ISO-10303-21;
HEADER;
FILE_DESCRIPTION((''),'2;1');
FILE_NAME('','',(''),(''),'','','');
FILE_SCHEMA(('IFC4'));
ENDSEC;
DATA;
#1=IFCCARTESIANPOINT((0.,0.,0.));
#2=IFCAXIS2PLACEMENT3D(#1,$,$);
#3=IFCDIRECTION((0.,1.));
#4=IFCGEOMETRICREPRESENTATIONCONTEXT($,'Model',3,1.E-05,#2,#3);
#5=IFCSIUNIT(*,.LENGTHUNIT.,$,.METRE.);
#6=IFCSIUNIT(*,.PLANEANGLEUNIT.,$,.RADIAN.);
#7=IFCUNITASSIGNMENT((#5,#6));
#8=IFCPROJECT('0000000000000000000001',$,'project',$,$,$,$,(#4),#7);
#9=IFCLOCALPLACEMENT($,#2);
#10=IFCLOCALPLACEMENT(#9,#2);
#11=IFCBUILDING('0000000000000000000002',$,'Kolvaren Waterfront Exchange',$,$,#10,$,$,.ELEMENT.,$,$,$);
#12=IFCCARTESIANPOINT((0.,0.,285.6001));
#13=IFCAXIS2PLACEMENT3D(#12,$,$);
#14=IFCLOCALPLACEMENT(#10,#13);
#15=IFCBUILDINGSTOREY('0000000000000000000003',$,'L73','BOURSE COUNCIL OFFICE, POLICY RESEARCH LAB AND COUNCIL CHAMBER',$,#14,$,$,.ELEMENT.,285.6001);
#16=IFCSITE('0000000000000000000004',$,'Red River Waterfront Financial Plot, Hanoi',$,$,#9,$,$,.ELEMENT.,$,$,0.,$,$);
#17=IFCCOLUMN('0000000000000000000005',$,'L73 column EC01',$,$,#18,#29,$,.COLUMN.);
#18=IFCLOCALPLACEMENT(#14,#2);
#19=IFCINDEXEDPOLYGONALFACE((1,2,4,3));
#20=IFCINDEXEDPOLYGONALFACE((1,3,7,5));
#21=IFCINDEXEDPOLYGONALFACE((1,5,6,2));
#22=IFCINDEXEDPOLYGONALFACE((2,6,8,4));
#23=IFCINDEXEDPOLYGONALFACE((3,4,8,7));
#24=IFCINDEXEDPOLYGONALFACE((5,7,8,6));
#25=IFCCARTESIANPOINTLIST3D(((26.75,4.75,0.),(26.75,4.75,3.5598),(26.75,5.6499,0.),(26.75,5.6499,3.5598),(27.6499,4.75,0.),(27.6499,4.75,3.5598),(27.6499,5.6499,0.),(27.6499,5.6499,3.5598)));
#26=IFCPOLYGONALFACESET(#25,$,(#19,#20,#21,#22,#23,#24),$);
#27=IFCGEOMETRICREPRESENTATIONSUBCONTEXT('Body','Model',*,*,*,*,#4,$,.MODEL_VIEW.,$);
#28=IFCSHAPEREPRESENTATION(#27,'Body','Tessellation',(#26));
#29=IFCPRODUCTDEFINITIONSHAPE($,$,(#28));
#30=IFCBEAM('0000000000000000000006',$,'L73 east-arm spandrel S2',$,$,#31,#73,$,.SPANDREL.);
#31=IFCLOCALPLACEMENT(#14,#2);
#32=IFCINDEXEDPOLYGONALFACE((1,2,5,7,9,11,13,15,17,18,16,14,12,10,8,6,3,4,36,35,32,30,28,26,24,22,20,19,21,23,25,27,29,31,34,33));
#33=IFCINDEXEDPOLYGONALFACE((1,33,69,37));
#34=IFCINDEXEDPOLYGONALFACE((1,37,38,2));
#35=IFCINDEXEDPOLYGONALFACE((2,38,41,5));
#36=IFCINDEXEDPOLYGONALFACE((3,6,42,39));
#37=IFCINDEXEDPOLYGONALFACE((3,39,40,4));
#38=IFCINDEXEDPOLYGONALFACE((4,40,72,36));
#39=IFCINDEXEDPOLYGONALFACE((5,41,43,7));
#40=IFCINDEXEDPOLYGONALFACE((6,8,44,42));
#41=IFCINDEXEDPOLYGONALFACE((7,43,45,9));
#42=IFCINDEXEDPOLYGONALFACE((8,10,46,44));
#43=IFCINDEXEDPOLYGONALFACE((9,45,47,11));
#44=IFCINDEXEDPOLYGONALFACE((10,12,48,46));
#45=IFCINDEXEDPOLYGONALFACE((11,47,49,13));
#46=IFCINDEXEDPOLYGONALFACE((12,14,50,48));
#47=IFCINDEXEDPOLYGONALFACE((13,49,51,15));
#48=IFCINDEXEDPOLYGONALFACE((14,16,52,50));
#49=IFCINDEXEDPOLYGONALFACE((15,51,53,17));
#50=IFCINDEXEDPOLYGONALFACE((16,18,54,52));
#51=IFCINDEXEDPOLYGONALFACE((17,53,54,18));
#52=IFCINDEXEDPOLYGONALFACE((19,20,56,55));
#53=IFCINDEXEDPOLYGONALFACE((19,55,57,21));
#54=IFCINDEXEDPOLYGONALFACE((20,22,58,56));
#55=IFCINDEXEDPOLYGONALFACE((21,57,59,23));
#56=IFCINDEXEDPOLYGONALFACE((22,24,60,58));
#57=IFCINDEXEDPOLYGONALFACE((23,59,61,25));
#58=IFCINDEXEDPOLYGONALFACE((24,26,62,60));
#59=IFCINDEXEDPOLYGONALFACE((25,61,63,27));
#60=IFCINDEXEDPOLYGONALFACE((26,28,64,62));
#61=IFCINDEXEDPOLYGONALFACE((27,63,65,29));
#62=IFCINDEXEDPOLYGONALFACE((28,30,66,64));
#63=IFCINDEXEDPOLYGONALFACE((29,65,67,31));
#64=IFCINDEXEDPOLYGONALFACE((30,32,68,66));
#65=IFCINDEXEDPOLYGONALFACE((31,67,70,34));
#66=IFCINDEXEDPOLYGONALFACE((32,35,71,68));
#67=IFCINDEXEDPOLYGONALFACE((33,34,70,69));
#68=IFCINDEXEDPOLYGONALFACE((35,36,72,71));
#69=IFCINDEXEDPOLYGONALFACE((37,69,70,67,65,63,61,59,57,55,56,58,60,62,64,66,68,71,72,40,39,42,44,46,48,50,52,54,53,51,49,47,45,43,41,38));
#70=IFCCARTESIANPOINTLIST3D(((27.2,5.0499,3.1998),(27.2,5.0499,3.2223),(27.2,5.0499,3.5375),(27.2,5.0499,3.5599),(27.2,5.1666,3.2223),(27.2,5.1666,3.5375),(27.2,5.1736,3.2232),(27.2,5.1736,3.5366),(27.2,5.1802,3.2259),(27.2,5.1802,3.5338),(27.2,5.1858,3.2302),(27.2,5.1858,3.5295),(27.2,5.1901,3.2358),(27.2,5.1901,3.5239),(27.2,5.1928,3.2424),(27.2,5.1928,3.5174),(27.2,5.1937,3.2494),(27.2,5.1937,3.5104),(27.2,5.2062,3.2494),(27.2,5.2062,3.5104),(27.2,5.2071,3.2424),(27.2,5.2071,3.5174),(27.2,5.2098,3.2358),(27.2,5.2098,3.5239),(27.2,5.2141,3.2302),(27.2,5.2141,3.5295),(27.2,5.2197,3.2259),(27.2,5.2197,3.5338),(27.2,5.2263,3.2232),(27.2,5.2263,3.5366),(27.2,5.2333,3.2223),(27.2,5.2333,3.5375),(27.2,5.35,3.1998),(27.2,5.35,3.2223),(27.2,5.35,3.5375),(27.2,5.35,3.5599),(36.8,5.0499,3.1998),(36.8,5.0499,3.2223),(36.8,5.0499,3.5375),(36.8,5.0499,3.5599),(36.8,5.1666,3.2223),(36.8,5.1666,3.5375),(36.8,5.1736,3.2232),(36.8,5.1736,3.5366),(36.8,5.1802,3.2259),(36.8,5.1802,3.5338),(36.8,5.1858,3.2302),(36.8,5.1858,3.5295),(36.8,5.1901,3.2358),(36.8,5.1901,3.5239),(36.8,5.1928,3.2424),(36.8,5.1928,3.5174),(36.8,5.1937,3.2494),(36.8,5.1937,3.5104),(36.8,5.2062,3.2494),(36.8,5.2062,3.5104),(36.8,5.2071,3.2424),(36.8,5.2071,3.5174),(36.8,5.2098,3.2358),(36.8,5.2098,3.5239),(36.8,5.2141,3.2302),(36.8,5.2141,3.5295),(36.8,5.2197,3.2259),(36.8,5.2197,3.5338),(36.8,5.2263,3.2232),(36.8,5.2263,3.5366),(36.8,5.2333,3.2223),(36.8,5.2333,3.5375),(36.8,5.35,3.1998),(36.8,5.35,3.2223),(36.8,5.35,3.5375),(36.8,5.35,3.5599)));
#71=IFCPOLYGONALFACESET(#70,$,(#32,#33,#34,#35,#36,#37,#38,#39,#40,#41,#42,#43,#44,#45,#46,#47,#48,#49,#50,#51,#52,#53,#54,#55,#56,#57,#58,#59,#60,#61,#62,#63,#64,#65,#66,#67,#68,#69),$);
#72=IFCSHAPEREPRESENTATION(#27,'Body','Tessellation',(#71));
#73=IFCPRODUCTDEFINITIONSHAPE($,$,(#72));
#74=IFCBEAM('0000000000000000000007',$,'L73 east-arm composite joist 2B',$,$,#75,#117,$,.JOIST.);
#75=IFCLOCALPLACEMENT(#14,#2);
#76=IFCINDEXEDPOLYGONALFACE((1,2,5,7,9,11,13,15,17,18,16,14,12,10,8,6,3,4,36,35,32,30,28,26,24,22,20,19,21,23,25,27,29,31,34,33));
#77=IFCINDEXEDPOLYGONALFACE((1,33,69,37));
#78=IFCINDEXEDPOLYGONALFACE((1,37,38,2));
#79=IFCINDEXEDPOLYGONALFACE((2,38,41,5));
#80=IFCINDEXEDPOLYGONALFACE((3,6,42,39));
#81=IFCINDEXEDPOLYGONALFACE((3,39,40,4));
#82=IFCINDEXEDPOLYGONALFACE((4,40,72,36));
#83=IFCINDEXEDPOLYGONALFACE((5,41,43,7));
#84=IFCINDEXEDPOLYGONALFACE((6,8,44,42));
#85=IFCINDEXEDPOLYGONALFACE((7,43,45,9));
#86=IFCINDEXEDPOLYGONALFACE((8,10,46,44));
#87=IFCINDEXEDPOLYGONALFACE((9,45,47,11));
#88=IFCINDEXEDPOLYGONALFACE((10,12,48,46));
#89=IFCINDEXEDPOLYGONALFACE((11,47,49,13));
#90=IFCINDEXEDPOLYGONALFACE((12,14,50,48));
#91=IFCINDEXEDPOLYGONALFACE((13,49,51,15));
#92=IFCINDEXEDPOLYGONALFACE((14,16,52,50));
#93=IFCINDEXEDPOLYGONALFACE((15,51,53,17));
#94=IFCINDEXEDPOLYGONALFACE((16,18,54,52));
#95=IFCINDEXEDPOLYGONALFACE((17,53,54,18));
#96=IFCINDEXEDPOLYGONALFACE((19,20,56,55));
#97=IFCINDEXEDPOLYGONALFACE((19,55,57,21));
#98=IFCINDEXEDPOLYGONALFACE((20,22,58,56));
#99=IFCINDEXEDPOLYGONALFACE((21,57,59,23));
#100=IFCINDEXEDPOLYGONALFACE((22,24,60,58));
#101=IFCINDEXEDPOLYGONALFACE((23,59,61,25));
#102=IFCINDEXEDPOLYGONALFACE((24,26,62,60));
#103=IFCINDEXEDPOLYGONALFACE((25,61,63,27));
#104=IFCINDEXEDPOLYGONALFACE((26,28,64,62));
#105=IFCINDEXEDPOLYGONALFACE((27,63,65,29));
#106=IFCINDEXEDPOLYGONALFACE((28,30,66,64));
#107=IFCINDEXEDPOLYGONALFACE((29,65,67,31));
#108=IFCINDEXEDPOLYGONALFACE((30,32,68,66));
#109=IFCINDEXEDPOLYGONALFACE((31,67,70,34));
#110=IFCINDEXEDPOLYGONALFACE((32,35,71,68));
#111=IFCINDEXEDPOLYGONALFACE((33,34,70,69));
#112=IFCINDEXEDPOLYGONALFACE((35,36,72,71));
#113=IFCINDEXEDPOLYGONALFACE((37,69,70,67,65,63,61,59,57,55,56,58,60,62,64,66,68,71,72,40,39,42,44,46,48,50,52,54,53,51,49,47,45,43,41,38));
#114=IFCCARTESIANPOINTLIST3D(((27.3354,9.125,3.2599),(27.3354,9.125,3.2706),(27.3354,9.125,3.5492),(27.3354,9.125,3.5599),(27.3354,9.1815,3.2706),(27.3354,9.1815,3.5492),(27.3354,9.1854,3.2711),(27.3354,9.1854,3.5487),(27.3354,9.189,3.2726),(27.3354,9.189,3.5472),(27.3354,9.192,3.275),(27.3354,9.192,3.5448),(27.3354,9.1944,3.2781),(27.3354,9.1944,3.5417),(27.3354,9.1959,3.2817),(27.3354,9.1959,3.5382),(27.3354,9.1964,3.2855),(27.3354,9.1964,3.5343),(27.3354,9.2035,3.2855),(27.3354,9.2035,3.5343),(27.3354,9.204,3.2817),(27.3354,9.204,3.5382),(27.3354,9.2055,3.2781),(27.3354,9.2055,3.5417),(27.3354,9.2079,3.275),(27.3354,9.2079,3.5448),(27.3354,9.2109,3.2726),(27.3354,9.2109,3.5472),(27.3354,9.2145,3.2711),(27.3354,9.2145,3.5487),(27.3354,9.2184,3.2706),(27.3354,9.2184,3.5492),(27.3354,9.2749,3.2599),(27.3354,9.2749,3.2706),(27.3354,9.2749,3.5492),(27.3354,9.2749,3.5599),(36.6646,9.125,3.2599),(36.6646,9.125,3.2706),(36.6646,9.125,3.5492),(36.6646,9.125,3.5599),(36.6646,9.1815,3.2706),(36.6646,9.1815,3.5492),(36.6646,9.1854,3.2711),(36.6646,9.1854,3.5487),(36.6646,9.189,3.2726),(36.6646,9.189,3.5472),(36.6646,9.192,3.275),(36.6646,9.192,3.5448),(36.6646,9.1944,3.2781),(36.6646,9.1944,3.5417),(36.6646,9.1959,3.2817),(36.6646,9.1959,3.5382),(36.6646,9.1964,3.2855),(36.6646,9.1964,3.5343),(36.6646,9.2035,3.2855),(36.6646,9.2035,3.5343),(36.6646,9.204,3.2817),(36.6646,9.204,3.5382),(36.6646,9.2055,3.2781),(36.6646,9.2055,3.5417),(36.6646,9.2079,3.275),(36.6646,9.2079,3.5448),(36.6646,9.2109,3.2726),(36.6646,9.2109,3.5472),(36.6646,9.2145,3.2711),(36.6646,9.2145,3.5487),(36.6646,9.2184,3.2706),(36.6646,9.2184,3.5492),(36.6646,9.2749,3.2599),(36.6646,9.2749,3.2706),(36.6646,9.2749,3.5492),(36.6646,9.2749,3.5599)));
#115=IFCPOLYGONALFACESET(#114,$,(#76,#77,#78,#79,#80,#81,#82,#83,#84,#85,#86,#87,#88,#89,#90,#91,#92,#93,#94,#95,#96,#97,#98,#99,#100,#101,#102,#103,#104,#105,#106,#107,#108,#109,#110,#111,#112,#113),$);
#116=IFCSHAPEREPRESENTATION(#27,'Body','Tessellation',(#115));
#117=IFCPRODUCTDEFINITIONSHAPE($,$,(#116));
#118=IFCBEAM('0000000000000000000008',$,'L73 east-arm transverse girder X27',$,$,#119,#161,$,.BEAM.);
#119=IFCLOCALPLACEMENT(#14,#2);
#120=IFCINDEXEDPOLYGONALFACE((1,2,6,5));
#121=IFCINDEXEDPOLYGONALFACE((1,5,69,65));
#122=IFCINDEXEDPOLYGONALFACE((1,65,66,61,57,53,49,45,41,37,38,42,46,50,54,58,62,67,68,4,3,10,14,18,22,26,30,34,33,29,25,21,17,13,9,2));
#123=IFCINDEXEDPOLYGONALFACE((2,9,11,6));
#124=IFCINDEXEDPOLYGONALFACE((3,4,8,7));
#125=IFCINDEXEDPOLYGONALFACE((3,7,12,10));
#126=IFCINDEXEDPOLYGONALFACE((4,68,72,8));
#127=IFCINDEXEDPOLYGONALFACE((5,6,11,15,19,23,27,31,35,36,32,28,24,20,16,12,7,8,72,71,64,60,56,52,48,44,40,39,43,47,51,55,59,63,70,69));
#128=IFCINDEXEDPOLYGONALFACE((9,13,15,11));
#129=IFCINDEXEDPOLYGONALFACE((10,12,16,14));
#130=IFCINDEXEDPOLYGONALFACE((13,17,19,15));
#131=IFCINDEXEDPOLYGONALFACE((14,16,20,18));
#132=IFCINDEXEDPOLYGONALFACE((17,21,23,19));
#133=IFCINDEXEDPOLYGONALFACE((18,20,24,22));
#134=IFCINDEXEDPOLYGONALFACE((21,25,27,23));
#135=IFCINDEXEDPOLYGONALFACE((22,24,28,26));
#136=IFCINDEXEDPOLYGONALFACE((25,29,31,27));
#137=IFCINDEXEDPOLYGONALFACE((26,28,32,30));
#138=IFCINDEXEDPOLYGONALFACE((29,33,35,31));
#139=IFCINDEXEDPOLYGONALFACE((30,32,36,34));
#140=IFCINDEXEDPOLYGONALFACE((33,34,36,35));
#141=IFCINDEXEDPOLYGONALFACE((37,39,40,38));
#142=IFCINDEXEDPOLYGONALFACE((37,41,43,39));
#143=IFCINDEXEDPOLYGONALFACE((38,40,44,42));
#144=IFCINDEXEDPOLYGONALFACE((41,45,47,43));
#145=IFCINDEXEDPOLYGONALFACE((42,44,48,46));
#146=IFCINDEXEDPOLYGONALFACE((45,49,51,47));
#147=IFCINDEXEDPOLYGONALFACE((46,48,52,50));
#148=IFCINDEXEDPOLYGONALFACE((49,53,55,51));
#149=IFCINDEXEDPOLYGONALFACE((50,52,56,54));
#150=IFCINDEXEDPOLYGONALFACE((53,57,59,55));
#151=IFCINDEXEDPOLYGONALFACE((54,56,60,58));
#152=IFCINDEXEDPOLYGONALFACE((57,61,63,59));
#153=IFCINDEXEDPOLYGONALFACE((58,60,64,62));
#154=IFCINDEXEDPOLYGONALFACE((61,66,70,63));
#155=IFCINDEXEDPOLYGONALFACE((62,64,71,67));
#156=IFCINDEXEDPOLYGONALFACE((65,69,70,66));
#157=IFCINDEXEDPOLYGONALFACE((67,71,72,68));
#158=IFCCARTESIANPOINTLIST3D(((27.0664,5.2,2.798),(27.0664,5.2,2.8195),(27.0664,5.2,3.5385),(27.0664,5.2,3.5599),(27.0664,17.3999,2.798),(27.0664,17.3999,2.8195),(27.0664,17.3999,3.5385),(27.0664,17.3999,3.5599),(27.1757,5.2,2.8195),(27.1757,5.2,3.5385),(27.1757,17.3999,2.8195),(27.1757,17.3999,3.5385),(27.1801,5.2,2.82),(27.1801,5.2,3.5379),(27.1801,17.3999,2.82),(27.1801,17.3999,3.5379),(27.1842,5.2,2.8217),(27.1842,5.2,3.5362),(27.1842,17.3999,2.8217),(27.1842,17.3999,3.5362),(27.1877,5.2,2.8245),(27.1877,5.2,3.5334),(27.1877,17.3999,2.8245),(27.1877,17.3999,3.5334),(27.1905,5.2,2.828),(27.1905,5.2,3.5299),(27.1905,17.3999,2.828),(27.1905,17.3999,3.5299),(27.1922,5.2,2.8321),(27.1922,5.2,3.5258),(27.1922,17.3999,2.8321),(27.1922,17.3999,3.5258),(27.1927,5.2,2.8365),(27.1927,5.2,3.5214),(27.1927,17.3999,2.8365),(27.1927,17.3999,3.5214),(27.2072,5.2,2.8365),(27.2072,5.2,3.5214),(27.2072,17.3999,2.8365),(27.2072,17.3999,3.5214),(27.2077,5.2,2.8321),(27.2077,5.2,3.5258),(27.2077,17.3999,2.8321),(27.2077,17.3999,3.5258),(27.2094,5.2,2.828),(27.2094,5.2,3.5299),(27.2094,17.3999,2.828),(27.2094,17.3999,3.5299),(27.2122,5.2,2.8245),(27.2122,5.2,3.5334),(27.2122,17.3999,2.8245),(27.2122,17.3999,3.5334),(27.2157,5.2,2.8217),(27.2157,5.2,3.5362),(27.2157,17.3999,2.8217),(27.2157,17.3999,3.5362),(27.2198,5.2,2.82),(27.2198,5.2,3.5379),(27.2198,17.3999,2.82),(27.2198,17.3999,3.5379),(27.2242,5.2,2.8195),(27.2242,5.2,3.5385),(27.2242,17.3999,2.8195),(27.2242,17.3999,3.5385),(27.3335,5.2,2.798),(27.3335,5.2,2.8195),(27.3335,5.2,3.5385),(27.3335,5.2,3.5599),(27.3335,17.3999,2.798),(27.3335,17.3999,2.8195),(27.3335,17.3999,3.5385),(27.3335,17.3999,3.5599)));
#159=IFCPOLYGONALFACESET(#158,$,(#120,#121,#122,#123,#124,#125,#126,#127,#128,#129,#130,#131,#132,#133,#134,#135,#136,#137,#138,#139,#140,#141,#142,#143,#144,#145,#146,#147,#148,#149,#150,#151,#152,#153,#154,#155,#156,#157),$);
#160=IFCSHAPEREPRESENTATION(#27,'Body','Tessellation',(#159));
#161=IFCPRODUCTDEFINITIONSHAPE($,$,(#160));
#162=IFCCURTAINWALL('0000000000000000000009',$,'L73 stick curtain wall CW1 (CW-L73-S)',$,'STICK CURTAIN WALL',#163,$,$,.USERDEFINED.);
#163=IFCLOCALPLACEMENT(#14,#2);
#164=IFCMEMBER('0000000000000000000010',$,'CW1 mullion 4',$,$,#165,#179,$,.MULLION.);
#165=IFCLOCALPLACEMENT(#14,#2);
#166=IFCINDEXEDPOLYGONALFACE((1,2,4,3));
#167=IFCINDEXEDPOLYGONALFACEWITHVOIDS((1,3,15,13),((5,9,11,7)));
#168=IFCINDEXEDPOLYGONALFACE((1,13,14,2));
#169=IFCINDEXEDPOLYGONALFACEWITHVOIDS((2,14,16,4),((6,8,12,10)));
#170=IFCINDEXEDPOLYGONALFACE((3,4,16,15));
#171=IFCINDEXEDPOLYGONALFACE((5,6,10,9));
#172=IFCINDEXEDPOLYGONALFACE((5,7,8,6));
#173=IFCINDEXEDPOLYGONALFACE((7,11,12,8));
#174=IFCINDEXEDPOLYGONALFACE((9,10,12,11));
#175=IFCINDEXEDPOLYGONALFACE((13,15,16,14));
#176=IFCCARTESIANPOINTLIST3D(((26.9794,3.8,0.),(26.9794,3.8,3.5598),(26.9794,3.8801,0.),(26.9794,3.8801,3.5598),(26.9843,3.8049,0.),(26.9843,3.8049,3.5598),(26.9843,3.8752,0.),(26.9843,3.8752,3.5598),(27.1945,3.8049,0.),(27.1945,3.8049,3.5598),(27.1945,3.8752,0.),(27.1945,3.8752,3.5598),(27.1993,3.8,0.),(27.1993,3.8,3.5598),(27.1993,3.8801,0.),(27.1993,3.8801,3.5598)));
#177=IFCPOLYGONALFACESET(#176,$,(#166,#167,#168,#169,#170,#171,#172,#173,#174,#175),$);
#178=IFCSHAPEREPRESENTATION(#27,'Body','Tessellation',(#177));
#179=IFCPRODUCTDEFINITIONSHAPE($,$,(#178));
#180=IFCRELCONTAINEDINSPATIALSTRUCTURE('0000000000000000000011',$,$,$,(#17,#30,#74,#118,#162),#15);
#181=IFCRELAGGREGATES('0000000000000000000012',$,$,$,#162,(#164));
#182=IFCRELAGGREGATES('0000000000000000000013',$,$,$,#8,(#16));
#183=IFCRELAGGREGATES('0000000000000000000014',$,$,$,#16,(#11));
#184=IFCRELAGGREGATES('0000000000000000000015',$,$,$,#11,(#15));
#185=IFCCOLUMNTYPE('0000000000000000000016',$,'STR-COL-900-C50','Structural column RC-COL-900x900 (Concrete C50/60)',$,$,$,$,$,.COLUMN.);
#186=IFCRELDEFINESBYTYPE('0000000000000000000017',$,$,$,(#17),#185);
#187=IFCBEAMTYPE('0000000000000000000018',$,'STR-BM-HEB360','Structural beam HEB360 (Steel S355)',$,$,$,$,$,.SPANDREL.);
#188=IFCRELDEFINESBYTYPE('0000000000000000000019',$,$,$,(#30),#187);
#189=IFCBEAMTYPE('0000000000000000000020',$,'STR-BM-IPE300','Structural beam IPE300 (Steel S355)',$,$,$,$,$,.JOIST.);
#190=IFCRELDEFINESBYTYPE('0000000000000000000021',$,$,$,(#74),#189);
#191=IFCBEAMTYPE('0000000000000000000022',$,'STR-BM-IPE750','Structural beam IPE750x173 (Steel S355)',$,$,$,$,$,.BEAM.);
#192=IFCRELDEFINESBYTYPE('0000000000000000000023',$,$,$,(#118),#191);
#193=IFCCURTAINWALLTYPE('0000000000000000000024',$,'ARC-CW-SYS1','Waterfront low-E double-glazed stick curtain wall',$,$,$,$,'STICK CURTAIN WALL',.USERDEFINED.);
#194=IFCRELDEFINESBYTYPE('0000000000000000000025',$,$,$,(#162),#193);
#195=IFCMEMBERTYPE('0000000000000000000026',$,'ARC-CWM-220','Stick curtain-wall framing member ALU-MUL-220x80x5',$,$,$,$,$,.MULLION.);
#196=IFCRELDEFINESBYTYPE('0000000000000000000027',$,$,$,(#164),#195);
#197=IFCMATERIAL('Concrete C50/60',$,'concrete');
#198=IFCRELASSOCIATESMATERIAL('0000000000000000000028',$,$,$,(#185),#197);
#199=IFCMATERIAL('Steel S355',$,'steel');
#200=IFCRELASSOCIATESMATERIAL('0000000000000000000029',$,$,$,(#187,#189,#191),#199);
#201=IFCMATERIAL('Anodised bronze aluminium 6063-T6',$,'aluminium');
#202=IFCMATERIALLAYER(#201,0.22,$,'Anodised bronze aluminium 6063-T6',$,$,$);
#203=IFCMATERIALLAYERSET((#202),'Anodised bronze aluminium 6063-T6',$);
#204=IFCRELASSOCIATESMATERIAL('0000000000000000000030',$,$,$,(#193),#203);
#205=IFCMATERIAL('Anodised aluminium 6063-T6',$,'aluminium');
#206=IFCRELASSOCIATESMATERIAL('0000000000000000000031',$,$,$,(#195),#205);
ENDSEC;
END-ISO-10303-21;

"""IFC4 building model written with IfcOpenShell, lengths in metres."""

from ifc_helpers import new_model, si_unit, direction, frame, origin, origin_with_axes, origin_2d, place, context, subcontext, project, spatial, rectangle, hollow_rectangle, i_section, extrude, source, transform, mapped, material, layer, layer_set, material_profile, profile_set, type_object, element, aggregate, save


model = new_model("IFC4")

# Units and contexts
model_context = context("Model", 3, precision=1e-05, world=origin(), true_north=direction((0.0, 1.0)))
body_context = subcontext(model_context, "Body", "Model", "MODEL_VIEW")
ifc_project = project(units=[si_unit("LENGTHUNIT", "METRE"), si_unit("PLANEANGLEUNIT", "RADIAN")], contexts=[model_context])

# Site, building, storey
site_placement = place(None, origin())
site = spatial("IfcSite", under=ifc_project, at=site_placement, Name="Red River Waterfront Financial Plot, Hanoi", CompositionType="ELEMENT", RefElevation=0.0)
building_placement = place(site_placement, origin())
building = spatial("IfcBuilding", under=site, at=building_placement, Name="Kolvaren Waterfront Exchange", CompositionType="ELEMENT")
storey_placement = place(building_placement, frame((0.0, 0.0, 285.6001)))
storey = spatial("IfcBuildingStorey", under=building, at=storey_placement, Name="L73", Description="BOURSE COUNCIL OFFICE, POLICY RESEARCH LAB AND COUNCIL CHAMBER", CompositionType="ELEMENT", Elevation=285.6001)

# Column
ifc_material_1 = material(Name="Concrete C50/60", Category="concrete")
ifc_material_profile_1 = material_profile(ifc_material_1, rectangle(XDim=0.8999, YDim=0.8999, at=origin_2d()), Name="RC-COL-900x900")
ifc_profile_set_1 = profile_set([ifc_material_profile_1], Name="Concrete C50/60")
column_type = type_object("IfcColumnType", Name="STR-COL-900-C50", Description="Structural column RC-COL-900x900 (Concrete C50/60)", PredefinedType="COLUMN", material=ifc_profile_set_1)
column_placement = place(storey_placement, frame((27.2, 5.2, 0.0), z_axis=(0.0, 0.0, 1.0), x_axis=(1.0, 0.0, 0.0)))
element("IfcColumn", 1, at=column_placement, inside=storey, type_object=column_type, Name="L73 column EC01", PredefinedType="COLUMN", context=body_context, shape_type="SweptSolid", body=[
    extrude(rectangle(XDim=0.8999, YDim=0.8999, at=origin_2d()), origin(), (0.0, 0.0, 1.0), 3.5598),
])

# Beams
ifc_material_2 = material(Name="Steel S355", Category="steel")
ifc_material_profile_2 = material_profile(ifc_material_2, i_section(OverallWidth=0.3, OverallDepth=0.3601, WebThickness=0.0125, FlangeThickness=0.0225, FilletRadius=0.0271, at=origin_2d()), Name="HEB360")
ifc_profile_set_2 = profile_set([ifc_material_profile_2], Name="Steel S355")
beam_type_1 = type_object("IfcBeamType", Name="STR-BM-HEB360", Description="Structural beam HEB360 (Steel S355)", PredefinedType="SPANDREL", material=ifc_profile_set_2)
beam_1_placement = place(storey_placement, frame((27.2, 5.2, 3.3799), z_axis=(1.0, 0.0, 0.0), x_axis=(0.0, 1.0, 0.0)))
element("IfcBeam", 2, at=beam_1_placement, inside=storey, type_object=beam_type_1, Name="L73 east-arm spandrel S2", PredefinedType="SPANDREL", context=body_context, shape_type="SweptSolid", body=[
    extrude(i_section(OverallWidth=0.3, OverallDepth=0.3601, WebThickness=0.0125, FlangeThickness=0.0225, FilletRadius=0.0271, at=origin_2d()), origin(), (0.0, 0.0, 1.0), 9.6001),
])
ifc_material_profile_3 = material_profile(ifc_material_2, i_section(OverallWidth=0.1499, OverallDepth=0.3, WebThickness=0.0071, FlangeThickness=0.0107, FilletRadius=0.0149, at=origin_2d()), Name="IPE300")
ifc_profile_set_3 = profile_set([ifc_material_profile_3], Name="Steel S355")
beam_type_2 = type_object("IfcBeamType", Name="STR-BM-IPE300", Description="Structural beam IPE300 (Steel S355)", PredefinedType="JOIST", material=ifc_profile_set_3)
beam_2_placement = place(storey_placement, frame((27.3354, 9.2, 3.4099), z_axis=(1.0, 0.0, 0.0), x_axis=(0.0, 1.0, 0.0)))
element("IfcBeam", 3, at=beam_2_placement, inside=storey, type_object=beam_type_2, Name="L73 east-arm composite joist 2B", PredefinedType="JOIST", context=body_context, shape_type="SweptSolid", body=[
    extrude(i_section(OverallWidth=0.1499, OverallDepth=0.3, WebThickness=0.0071, FlangeThickness=0.0107, FilletRadius=0.0149, at=origin_2d()), origin(), (0.0, 0.0, 1.0), 9.3291),
])
ifc_material_profile_4 = material_profile(ifc_material_2, i_section(OverallWidth=0.2671, OverallDepth=0.762, WebThickness=0.0144, FlangeThickness=0.0215, FilletRadius=0.0171, at=origin_2d()), Name="IPE750x173")
ifc_profile_set_4 = profile_set([ifc_material_profile_4], Name="Steel S355")
beam_type_3 = type_object("IfcBeamType", Name="STR-BM-IPE750", Description="Structural beam IPE750x173 (Steel S355)", PredefinedType="BEAM", material=ifc_profile_set_4)
beam_3_placement = place(storey_placement, frame((27.2, 5.2, 3.179), z_axis=(0.0, 1.0, 0.0), x_axis=(-1.0, 0.0, 0.0)))
element("IfcBeam", 4, at=beam_3_placement, inside=storey, type_object=beam_type_3, Name="L73 east-arm transverse girder X27", PredefinedType="BEAM", context=body_context, shape_type="SweptSolid", body=[
    extrude(i_section(OverallWidth=0.2671, OverallDepth=0.762, WebThickness=0.0144, FlangeThickness=0.0215, FilletRadius=0.0171, at=origin_2d()), origin(), (0.0, 0.0, 1.0), 12.2),
])

# Curtain wall, member
ifc_material_3 = material(Name="Anodised bronze aluminium 6063-T6", Category="aluminium")
ifc_layer_1 = layer(ifc_material_3, 0.22, Name="Anodised bronze aluminium 6063-T6")
ifc_layer_set_1 = layer_set([ifc_layer_1], Name="Anodised bronze aluminium 6063-T6")
curtain_wall_type = type_object("IfcCurtainWallType", Name="ARC-CW-SYS1", Description="Waterfront low-E double-glazed stick curtain wall", ElementType="STICK CURTAIN WALL", PredefinedType="USERDEFINED", material=ifc_layer_set_1)
curtain_wall_placement = place(storey_placement, origin())
curtain_wall = element("IfcCurtainWall", 5, at=curtain_wall_placement, inside=storey, type_object=curtain_wall_type, Name="L73 stick curtain wall CW1 (CW-L73-S)", ObjectType="STICK CURTAIN WALL", PredefinedType="USERDEFINED")
ifc_material_4 = material(Name="Anodised aluminium 6063-T6", Category="aluminium")
ifc_material_profile_5 = material_profile(ifc_material_4, hollow_rectangle(XDim=0.0801, YDim=0.22, WallThickness=0.0049, at=origin_2d()), Name="ALU-MUL-220x80x5")
ifc_profile_set_5 = profile_set([ifc_material_profile_5], Name="Anodised aluminium 6063-T6")
member_type_1 = type_object("IfcMemberType", Name="ARC-CWM-220", Description="Stick curtain-wall framing member ALU-MUL-220x80x5", PredefinedType="MULLION", material=ifc_profile_set_5)
shared_shape_1 = source(origin_with_axes(), body_context, "Body", "SweptSolid", [
    extrude(hollow_rectangle(XDim=0.0801, YDim=0.22, WallThickness=0.0049, at=origin_2d()), origin(), (0.0, 0.0, 1.0), 3.5598),
])
member_1_placement = place(storey_placement, frame((27.0894, 3.8401, 0.0), z_axis=(0.0, 0.0, 1.0), x_axis=(0.0, 1.0, 0.0)))
member_1 = element("IfcMember", 6, at=member_1_placement, type_object=member_type_1, Name="CW1 mullion 4", PredefinedType="MULLION", context=body_context, shape_type="MappedRepresentation", body=[
    mapped(shared_shape_1, transform((0.0, 0.0, 0.0), x_axis=(1.0, 0.0, 0.0), y_axis=(0.0, 1.0, 0.0), z_axis=(0.0, 0.0, 1.0), scale=1.0)),
])
aggregate(curtain_wall, [member_1])

save(model, "model.ifc")
